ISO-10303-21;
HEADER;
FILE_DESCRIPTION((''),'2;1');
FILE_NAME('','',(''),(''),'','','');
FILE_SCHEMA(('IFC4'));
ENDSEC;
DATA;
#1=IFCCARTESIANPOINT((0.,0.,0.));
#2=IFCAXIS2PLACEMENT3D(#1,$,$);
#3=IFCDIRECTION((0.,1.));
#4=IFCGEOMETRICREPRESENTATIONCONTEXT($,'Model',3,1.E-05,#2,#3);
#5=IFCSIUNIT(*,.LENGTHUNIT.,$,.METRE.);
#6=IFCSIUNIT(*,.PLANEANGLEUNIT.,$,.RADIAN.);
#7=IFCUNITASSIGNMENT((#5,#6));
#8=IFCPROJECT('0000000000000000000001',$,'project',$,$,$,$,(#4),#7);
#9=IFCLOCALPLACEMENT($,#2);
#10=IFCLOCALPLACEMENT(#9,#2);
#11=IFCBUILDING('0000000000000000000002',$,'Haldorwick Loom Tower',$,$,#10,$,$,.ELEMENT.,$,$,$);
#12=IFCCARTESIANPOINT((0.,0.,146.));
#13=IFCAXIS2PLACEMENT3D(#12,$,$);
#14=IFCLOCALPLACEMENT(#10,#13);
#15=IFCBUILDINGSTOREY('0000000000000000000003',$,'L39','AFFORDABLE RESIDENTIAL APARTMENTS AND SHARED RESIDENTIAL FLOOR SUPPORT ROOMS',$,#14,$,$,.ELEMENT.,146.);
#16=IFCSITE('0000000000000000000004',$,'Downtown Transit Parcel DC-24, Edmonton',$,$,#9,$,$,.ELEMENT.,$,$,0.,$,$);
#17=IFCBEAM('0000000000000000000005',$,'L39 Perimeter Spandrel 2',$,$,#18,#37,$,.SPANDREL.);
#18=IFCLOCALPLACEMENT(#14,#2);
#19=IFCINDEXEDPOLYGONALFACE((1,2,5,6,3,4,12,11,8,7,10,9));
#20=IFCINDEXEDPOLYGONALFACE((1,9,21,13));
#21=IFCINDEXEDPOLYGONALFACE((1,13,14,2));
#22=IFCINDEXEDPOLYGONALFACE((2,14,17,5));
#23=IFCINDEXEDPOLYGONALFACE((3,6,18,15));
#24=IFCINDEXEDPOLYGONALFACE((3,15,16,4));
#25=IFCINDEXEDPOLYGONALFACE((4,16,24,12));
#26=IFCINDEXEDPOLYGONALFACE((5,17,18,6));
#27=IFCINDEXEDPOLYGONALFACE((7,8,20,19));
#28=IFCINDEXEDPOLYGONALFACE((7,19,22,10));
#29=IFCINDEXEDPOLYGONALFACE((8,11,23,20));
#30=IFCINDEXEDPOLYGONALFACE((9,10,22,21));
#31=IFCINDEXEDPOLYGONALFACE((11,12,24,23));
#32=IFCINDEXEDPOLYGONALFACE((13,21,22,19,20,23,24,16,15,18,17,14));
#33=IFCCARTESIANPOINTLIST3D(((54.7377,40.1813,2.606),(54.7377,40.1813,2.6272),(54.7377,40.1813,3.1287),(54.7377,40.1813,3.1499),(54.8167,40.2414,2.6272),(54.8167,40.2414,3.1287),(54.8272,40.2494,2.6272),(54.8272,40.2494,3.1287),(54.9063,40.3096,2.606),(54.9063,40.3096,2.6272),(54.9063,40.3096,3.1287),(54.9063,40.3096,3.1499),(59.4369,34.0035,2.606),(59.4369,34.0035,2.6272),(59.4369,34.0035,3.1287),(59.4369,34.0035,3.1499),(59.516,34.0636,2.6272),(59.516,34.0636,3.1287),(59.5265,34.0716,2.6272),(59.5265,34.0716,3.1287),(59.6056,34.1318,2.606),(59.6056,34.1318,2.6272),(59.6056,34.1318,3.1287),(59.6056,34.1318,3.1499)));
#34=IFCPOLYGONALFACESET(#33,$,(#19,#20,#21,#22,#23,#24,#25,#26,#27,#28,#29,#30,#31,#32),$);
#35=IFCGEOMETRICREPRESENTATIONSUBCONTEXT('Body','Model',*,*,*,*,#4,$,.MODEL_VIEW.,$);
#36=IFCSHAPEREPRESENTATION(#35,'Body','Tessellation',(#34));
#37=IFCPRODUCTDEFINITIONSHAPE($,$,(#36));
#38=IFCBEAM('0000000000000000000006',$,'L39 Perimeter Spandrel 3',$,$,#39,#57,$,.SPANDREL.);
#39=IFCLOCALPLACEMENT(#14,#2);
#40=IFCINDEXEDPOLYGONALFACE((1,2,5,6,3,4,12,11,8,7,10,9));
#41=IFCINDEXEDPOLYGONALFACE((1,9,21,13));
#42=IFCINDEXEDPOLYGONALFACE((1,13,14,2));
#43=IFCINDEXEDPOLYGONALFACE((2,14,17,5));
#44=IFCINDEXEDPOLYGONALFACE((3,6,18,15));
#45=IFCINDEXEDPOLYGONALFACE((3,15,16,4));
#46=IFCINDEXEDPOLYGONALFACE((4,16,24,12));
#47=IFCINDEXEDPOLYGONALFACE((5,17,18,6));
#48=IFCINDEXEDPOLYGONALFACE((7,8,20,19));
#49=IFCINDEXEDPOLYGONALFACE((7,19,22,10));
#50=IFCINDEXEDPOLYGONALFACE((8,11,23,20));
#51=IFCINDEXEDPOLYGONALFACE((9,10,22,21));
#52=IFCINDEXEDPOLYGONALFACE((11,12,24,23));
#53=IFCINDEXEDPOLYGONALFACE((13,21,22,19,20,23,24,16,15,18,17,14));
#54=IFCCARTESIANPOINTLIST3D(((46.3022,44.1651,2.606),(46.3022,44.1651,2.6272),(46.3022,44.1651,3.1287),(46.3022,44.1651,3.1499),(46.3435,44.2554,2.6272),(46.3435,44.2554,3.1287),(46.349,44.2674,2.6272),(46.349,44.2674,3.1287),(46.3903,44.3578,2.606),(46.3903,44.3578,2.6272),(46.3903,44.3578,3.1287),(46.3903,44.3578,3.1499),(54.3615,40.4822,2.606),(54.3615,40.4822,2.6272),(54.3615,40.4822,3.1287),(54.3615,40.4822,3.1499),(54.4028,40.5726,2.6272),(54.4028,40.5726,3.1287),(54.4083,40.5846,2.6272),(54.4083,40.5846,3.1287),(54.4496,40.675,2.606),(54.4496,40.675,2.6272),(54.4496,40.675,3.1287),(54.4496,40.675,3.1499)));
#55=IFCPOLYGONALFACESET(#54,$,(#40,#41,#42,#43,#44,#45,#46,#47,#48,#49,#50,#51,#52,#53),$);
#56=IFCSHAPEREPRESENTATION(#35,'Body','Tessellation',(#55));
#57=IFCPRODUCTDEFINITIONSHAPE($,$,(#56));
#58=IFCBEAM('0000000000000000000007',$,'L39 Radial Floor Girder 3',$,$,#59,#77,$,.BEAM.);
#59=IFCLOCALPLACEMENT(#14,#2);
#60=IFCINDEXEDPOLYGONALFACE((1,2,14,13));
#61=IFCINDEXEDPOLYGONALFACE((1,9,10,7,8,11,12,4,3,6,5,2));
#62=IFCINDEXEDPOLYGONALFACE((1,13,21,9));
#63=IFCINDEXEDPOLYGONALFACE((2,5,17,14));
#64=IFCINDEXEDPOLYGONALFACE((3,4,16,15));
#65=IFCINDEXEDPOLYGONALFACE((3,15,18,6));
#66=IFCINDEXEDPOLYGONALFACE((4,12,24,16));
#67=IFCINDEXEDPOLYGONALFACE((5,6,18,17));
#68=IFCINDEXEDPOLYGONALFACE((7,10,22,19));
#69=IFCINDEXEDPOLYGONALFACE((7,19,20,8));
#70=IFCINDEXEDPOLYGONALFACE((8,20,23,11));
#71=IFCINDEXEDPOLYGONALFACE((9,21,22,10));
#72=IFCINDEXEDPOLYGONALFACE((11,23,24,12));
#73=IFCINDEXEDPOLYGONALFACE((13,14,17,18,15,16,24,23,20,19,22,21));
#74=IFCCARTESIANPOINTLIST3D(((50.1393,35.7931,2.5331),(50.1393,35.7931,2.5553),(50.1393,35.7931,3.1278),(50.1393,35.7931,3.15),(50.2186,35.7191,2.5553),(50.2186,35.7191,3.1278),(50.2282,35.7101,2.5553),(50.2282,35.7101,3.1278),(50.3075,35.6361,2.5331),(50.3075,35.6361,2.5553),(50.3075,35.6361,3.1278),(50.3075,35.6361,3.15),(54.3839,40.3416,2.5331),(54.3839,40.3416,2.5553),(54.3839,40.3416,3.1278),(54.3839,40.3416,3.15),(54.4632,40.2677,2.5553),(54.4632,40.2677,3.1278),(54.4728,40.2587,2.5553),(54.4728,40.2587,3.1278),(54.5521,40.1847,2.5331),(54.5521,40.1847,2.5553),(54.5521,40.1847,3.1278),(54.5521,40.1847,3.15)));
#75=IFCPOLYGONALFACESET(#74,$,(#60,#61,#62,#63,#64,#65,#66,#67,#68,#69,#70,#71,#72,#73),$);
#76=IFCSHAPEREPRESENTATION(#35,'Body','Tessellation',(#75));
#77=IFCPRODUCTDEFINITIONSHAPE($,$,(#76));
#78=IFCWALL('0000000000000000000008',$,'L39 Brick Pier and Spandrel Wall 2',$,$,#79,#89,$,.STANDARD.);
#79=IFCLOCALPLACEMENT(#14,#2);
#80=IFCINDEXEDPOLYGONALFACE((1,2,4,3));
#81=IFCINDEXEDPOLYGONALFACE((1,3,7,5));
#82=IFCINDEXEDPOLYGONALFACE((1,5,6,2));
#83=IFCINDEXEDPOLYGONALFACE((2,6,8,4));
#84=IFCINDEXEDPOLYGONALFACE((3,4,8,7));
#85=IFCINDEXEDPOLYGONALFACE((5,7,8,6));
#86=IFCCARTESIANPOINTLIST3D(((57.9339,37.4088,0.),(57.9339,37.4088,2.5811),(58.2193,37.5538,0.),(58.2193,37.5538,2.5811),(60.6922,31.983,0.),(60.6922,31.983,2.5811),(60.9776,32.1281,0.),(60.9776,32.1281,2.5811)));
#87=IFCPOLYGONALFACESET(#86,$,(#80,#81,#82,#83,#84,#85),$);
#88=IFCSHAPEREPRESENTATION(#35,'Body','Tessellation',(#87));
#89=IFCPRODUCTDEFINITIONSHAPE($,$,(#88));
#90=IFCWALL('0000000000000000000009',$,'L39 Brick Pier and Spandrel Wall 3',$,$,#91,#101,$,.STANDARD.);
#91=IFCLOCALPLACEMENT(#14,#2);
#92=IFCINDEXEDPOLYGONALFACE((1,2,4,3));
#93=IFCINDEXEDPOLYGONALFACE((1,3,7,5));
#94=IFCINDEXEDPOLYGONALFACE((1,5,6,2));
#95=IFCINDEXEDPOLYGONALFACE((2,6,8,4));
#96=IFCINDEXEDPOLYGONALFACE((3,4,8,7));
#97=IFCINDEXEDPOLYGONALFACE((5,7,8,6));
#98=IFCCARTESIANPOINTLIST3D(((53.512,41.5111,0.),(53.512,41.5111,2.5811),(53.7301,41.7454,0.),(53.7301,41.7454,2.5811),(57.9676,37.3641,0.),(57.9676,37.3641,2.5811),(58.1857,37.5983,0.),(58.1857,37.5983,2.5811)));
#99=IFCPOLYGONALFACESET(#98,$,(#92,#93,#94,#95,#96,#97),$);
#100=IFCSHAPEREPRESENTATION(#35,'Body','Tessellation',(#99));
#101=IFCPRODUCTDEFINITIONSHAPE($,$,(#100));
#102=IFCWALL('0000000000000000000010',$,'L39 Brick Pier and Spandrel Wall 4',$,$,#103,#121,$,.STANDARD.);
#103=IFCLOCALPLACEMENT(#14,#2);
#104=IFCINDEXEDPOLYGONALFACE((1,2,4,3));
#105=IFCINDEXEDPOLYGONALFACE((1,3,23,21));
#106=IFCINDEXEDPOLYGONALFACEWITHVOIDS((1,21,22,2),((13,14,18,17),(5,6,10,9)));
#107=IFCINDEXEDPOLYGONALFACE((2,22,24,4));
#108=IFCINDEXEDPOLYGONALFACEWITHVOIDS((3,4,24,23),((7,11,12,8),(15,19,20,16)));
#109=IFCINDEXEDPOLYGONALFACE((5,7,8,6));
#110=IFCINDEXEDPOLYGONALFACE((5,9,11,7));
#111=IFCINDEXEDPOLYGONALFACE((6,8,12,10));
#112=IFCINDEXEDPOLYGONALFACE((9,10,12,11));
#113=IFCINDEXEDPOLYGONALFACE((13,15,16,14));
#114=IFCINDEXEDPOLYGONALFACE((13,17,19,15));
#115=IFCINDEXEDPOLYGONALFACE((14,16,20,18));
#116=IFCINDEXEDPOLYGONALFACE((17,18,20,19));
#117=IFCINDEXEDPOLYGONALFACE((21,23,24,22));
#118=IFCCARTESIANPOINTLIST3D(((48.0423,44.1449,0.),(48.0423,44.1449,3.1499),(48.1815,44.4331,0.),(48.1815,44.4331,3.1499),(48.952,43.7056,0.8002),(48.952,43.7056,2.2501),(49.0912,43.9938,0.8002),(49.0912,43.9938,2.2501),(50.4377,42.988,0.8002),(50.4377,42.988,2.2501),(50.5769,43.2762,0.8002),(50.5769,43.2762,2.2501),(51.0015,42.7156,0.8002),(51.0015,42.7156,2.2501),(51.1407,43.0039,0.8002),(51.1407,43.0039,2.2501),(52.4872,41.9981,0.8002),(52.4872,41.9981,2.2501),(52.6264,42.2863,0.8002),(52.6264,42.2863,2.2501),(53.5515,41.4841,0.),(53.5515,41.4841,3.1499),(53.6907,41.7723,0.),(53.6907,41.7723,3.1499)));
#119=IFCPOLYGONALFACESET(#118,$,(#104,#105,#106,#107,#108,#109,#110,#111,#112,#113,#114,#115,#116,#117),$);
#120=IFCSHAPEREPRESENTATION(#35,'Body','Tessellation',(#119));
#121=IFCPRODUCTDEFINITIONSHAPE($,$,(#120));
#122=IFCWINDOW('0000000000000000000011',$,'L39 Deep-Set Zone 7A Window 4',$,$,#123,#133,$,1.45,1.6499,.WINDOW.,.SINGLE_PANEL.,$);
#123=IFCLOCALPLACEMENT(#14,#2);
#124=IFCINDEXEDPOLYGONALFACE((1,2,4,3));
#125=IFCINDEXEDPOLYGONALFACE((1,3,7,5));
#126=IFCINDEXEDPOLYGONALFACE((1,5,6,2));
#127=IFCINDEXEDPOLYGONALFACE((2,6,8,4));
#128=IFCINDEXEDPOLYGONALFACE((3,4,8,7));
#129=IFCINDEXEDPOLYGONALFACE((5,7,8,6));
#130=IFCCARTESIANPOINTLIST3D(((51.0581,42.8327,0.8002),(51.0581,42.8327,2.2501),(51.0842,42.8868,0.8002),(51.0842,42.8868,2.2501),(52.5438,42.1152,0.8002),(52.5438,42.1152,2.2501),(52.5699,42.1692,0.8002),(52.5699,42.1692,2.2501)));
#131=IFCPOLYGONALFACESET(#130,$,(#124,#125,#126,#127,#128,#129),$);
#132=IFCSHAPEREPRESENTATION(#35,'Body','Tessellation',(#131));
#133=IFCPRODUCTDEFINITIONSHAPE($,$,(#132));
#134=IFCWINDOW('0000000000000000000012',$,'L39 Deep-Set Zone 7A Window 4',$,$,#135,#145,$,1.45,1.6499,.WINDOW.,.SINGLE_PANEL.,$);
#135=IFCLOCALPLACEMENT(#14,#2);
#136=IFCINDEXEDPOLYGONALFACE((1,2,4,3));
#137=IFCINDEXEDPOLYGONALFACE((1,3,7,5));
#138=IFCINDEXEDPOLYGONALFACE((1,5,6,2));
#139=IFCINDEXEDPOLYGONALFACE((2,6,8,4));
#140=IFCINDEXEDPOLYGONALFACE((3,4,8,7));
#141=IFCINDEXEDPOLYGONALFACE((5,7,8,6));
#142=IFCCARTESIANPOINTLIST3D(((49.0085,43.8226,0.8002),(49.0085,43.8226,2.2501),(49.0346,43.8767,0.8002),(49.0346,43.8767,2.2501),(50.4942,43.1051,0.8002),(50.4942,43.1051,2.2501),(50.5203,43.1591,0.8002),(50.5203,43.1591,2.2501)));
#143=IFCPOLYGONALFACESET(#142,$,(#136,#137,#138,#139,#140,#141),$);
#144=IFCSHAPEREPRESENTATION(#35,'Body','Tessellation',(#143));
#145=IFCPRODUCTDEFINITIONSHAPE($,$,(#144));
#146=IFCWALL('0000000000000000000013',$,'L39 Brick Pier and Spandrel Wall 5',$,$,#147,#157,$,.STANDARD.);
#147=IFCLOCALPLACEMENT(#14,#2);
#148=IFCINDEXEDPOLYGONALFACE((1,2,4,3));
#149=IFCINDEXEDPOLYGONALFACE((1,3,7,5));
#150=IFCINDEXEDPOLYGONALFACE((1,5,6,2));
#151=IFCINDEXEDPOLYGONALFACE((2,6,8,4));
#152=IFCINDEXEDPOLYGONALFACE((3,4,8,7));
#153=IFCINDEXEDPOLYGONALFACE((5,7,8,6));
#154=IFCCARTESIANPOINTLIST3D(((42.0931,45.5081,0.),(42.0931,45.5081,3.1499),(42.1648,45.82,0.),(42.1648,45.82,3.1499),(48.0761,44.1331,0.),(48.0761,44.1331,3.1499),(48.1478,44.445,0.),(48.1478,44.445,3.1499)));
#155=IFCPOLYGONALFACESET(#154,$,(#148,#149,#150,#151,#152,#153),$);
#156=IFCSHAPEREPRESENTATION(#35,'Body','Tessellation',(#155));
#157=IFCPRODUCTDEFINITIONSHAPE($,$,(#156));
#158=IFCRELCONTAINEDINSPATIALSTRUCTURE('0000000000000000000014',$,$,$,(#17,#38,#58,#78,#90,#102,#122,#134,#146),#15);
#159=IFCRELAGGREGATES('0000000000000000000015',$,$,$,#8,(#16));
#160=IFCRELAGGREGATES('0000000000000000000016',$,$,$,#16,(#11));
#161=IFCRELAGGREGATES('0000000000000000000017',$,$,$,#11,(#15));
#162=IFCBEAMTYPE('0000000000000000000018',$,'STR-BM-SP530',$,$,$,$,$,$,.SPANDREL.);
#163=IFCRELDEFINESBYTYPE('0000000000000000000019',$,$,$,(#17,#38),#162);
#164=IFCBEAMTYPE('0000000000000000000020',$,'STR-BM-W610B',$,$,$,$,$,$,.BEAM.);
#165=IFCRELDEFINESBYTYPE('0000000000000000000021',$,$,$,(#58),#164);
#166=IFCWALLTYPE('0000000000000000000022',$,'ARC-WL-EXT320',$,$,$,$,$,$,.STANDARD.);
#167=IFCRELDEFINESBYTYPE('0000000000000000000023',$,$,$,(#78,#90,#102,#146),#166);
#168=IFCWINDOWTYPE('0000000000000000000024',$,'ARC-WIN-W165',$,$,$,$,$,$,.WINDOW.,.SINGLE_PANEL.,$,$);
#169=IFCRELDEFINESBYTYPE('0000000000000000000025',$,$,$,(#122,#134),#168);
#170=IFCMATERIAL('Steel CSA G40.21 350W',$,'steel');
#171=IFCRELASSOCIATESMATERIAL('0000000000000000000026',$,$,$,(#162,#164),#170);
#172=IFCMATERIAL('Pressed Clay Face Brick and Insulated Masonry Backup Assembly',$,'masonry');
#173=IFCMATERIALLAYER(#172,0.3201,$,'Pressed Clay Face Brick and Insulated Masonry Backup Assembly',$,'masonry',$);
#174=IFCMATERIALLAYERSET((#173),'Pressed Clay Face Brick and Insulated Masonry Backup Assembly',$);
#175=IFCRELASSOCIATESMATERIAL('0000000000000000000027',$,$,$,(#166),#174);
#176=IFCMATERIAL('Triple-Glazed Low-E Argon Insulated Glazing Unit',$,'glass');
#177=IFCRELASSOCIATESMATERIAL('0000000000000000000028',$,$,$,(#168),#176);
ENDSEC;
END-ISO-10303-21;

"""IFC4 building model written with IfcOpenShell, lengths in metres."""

from ifc_helpers import new_model, si_unit, direction, frame, frame_2d, origin, origin_2d, place, context, subcontext, project, spatial, rectangle, i_section, extrude, material, layer, layer_set, material_profile, profile_set, type_object, element, fill, save


model = new_model("IFC4")

# Units and contexts
model_context = context("Model", 3, precision=1e-05, world=origin(), true_north=direction((0.0, 1.0)))
body_context = subcontext(model_context, "Body", "Model", "MODEL_VIEW")
ifc_project = project(units=[si_unit("LENGTHUNIT", "METRE"), si_unit("PLANEANGLEUNIT", "RADIAN")], contexts=[model_context])

# Site, building, storey
site_placement = place(None, origin())
site = spatial("IfcSite", under=ifc_project, at=site_placement, Name="Downtown Transit Parcel DC-24, Edmonton", CompositionType="ELEMENT", RefElevation=0.0)
building_placement = place(site_placement, origin())
building = spatial("IfcBuilding", under=site, at=building_placement, Name="Haldorwick Loom Tower", CompositionType="ELEMENT")
storey_placement = place(building_placement, frame((0.0, 0.0, 146.0)))
storey = spatial("IfcBuildingStorey", under=building, at=storey_placement, Name="L39", Description="AFFORDABLE RESIDENTIAL APARTMENTS AND SHARED RESIDENTIAL FLOOR SUPPORT ROOMS", CompositionType="ELEMENT", Elevation=146.0)

# Beams
ifc_material_1 = material(Name="Steel CSA G40.21 350W", Category="steel")
ifc_material_profile_1 = material_profile(ifc_material_1, i_section(OverallWidth=0.2119, OverallDepth=0.5439, WebThickness=0.0132, FlangeThickness=0.0212, at=origin_2d()), Name="W530X123", Category="steel")
ifc_profile_set_1 = profile_set([ifc_material_profile_1], Name="Steel CSA G40.21 350W")
beam_type_1 = type_object("IfcBeamType", Name="STR-BM-SP530", PredefinedType="SPANDREL", material=ifc_profile_set_1)
beam_1_placement = place(storey_placement, frame((59.5212, 34.0676, 2.8779), z_axis=(-0.605421, 0.795905, 0.0), x_axis=(-0.795905, -0.605421, 0.0)))
element("IfcBeam", 1, at=beam_1_placement, inside=storey, type_object=beam_type_1, Name="L39 Perimeter Spandrel 2", PredefinedType="SPANDREL", context=body_context, shape_type="SweptSolid", body=[
    extrude(i_section(OverallWidth=0.2119, OverallDepth=0.5439, WebThickness=0.0132, FlangeThickness=0.0212, at=origin_2d()), origin(), (0.0, 0.0, 1.0), 7.762),
])
beam_2_placement = place(storey_placement, frame((54.4055, 40.5786, 2.8779), z_axis=(-0.909534, 0.415629, 0.0), x_axis=(-0.415629, -0.909534, 0.0)))
element("IfcBeam", 2, at=beam_2_placement, inside=storey, type_object=beam_type_1, Name="L39 Perimeter Spandrel 3", PredefinedType="SPANDREL", context=body_context, shape_type="SweptSolid", body=[
    extrude(i_section(OverallWidth=0.2119, OverallDepth=0.5439, WebThickness=0.0132, FlangeThickness=0.0212, at=origin_2d()), origin(), (0.0, 0.0, 1.0), 8.8608),
])
ifc_material_profile_2 = material_profile(ifc_material_1, i_section(OverallWidth=0.23, OverallDepth=0.6169, WebThickness=0.0132, FlangeThickness=0.0222, at=origin_2d()), Name="W610X140", Category="steel")
ifc_profile_set_2 = profile_set([ifc_material_profile_2], Name="Steel CSA G40.21 350W")
beam_type_2 = type_object("IfcBeamType", Name="STR-BM-W610B", PredefinedType="BEAM", material=ifc_profile_set_2)
beam_3_placement = place(storey_placement, frame((50.2234, 35.7146, 2.8416), z_axis=(0.682257, 0.731113, 0.0), x_axis=(-0.731113, 0.682257, 0.0)))
element("IfcBeam", 3, at=beam_3_placement, inside=storey, type_object=beam_type_2, Name="L39 Radial Floor Girder 3", PredefinedType="BEAM", context=body_context, shape_type="SweptSolid", body=[
    extrude(i_section(OverallWidth=0.23, OverallDepth=0.6169, WebThickness=0.0132, FlangeThickness=0.0222, at=origin_2d()), origin(), (0.0, 0.0, 1.0), 6.2214),
])

# Walls
ifc_material_2 = material(Name="Pressed Clay Face Brick and Insulated Masonry Backup Assembly", Category="masonry")
ifc_layer_1 = layer(ifc_material_2, 0.3201, Name="Pressed Clay Face Brick and Insulated Masonry Backup Assembly", Category="masonry")
ifc_layer_set_1 = layer_set([ifc_layer_1], Name="Pressed Clay Face Brick and Insulated Masonry Backup Assembly")
wall_type_1 = type_object("IfcWallType", Name="ARC-WL-EXT320", PredefinedType="STANDARD", material=ifc_layer_set_1)
wall_1_placement = place(storey_placement, frame((60.835, 32.0554, 0.0), z_axis=(0.0, 0.0, 1.0), x_axis=(-0.453172, 0.891423, 0.0)))
element("IfcWall", 4, at=wall_1_placement, inside=storey, type_object=wall_type_1, Name="L39 Brick Pier and Spandrel Wall 2", PredefinedType="STANDARD", context=body_context, shape_type="SweptSolid", body=[
    extrude(rectangle(XDim=6.0867, YDim=0.3201, at=frame_2d((3.0435, 0.0))), origin(), (0.0, 0.0, 1.0), 2.5811),
])
wall_2_placement = place(storey_placement, frame((58.0767, 37.4812, 0.0), z_axis=(0.0, 0.0, 1.0), x_axis=(-0.732002, 0.681303, 0.0)))
element("IfcWall", 5, at=wall_2_placement, inside=storey, type_object=wall_type_1, Name="L39 Brick Pier and Spandrel Wall 3", PredefinedType="STANDARD", context=body_context, shape_type="SweptSolid", body=[
    extrude(rectangle(XDim=6.0869, YDim=0.3201, at=frame_2d((3.0435, 0.0))), origin(), (0.0, 0.0, 1.0), 2.5811),
])

# Wall, openings, windows
wall_3_placement = place(storey_placement, frame((53.6211, 41.6282, 0.0), z_axis=(0.0, 0.0, 1.0), x_axis=(-0.900472, 0.434913, 0.0)))
wall_3 = element("IfcWall", 6, at=wall_3_placement, inside=storey, type_object=wall_type_1, Name="L39 Brick Pier and Spandrel Wall 4", PredefinedType="STANDARD", context=body_context, shape_type="SweptSolid", body=[
    extrude(rectangle(XDim=6.1182, YDim=0.3201, at=frame_2d((3.0591, 0.0))), origin(), (0.0, 0.0, 1.0), 3.1499),
])
opening_1_placement = place(wall_3_placement, frame((1.1819, 0.0, 0.8)))
opening_1 = element("IfcOpeningElement", 7, at=opening_1_placement, cuts=wall_3, PredefinedType="OPENING", context=body_context, shape_type="SweptSolid", body=[
    extrude(rectangle(XDim=1.6499, YDim=1.45, at=frame_2d((0.825, 0.7251))), frame((0.0, 0.1699, 0.0), z_axis=(0.0, -1.0, 0.0), x_axis=(1.0, 0.0, 0.0)), (0.0, 0.0, 1.0), 0.3401),
])
opening_2_placement = place(wall_3_placement, frame((3.458, 0.0, 0.8)))
opening_2 = element("IfcOpeningElement", 8, at=opening_2_placement, cuts=wall_3, PredefinedType="OPENING", context=body_context, shape_type="SweptSolid", body=[
    extrude(rectangle(XDim=1.6499, YDim=1.45, at=frame_2d((0.825, 0.7251))), frame((0.0, 0.1699, 0.0), z_axis=(0.0, -1.0, 0.0), x_axis=(1.0, 0.0, 0.0)), (0.0, 0.0, 1.0), 0.3401),
])
ifc_material_3 = material(Name="Triple-Glazed Low-E Argon Insulated Glazing Unit", Category="glass")
window_type = type_object("IfcWindowType", Name="ARC-WIN-W165", PartitioningType="SINGLE_PANEL", PredefinedType="WINDOW", material=ifc_material_3)
window_1_placement = place(opening_1_placement, origin())
window_1 = element("IfcWindow", 9, at=window_1_placement, inside=storey, type_object=window_type, Name="L39 Deep-Set Zone 7A Window 4", OverallHeight=1.45, OverallWidth=1.6499, PartitioningType="SINGLE_PANEL", PredefinedType="WINDOW", context=body_context, shape_type="SweptSolid", body=[
    extrude(rectangle(XDim=1.6499, YDim=1.45, at=frame_2d((0.825, 0.7251))), frame((0.0, 0.03, 0.0), z_axis=(0.0, -1.0, 0.0), x_axis=(1.0, 0.0, 0.0)), (0.0, 0.0, 1.0), 0.0601),
])
fill(opening_1, window_1)
window_2_placement = place(opening_2_placement, origin())
window_2 = element("IfcWindow", 10, at=window_2_placement, inside=storey, type_object=window_type, Name="L39 Deep-Set Zone 7A Window 4", OverallHeight=1.45, OverallWidth=1.6499, PartitioningType="SINGLE_PANEL", PredefinedType="WINDOW", context=body_context, shape_type="SweptSolid", body=[
    extrude(rectangle(XDim=1.6499, YDim=1.45, at=frame_2d((0.825, 0.7251))), frame((0.0, 0.03, 0.0), z_axis=(0.0, -1.0, 0.0), x_axis=(1.0, 0.0, 0.0)), (0.0, 0.0, 1.0), 0.0601),
])
fill(opening_2, window_2)

# Wall
wall_4_placement = place(storey_placement, frame((48.1118, 44.2891, 0.0), z_axis=(0.0, 0.0, 1.0), x_axis=(-0.974593, 0.223982, 0.0)))
element("IfcWall", 11, at=wall_4_placement, inside=storey, type_object=wall_type_1, Name="L39 Brick Pier and Spandrel Wall 5", PredefinedType="STANDARD", context=body_context, shape_type="SweptSolid", body=[
    extrude(rectangle(XDim=6.1389, YDim=0.3201, at=frame_2d((3.0693, 0.0))), origin(), (0.0, 0.0, 1.0), 3.1499),
])

save(model, "model.ifc")
